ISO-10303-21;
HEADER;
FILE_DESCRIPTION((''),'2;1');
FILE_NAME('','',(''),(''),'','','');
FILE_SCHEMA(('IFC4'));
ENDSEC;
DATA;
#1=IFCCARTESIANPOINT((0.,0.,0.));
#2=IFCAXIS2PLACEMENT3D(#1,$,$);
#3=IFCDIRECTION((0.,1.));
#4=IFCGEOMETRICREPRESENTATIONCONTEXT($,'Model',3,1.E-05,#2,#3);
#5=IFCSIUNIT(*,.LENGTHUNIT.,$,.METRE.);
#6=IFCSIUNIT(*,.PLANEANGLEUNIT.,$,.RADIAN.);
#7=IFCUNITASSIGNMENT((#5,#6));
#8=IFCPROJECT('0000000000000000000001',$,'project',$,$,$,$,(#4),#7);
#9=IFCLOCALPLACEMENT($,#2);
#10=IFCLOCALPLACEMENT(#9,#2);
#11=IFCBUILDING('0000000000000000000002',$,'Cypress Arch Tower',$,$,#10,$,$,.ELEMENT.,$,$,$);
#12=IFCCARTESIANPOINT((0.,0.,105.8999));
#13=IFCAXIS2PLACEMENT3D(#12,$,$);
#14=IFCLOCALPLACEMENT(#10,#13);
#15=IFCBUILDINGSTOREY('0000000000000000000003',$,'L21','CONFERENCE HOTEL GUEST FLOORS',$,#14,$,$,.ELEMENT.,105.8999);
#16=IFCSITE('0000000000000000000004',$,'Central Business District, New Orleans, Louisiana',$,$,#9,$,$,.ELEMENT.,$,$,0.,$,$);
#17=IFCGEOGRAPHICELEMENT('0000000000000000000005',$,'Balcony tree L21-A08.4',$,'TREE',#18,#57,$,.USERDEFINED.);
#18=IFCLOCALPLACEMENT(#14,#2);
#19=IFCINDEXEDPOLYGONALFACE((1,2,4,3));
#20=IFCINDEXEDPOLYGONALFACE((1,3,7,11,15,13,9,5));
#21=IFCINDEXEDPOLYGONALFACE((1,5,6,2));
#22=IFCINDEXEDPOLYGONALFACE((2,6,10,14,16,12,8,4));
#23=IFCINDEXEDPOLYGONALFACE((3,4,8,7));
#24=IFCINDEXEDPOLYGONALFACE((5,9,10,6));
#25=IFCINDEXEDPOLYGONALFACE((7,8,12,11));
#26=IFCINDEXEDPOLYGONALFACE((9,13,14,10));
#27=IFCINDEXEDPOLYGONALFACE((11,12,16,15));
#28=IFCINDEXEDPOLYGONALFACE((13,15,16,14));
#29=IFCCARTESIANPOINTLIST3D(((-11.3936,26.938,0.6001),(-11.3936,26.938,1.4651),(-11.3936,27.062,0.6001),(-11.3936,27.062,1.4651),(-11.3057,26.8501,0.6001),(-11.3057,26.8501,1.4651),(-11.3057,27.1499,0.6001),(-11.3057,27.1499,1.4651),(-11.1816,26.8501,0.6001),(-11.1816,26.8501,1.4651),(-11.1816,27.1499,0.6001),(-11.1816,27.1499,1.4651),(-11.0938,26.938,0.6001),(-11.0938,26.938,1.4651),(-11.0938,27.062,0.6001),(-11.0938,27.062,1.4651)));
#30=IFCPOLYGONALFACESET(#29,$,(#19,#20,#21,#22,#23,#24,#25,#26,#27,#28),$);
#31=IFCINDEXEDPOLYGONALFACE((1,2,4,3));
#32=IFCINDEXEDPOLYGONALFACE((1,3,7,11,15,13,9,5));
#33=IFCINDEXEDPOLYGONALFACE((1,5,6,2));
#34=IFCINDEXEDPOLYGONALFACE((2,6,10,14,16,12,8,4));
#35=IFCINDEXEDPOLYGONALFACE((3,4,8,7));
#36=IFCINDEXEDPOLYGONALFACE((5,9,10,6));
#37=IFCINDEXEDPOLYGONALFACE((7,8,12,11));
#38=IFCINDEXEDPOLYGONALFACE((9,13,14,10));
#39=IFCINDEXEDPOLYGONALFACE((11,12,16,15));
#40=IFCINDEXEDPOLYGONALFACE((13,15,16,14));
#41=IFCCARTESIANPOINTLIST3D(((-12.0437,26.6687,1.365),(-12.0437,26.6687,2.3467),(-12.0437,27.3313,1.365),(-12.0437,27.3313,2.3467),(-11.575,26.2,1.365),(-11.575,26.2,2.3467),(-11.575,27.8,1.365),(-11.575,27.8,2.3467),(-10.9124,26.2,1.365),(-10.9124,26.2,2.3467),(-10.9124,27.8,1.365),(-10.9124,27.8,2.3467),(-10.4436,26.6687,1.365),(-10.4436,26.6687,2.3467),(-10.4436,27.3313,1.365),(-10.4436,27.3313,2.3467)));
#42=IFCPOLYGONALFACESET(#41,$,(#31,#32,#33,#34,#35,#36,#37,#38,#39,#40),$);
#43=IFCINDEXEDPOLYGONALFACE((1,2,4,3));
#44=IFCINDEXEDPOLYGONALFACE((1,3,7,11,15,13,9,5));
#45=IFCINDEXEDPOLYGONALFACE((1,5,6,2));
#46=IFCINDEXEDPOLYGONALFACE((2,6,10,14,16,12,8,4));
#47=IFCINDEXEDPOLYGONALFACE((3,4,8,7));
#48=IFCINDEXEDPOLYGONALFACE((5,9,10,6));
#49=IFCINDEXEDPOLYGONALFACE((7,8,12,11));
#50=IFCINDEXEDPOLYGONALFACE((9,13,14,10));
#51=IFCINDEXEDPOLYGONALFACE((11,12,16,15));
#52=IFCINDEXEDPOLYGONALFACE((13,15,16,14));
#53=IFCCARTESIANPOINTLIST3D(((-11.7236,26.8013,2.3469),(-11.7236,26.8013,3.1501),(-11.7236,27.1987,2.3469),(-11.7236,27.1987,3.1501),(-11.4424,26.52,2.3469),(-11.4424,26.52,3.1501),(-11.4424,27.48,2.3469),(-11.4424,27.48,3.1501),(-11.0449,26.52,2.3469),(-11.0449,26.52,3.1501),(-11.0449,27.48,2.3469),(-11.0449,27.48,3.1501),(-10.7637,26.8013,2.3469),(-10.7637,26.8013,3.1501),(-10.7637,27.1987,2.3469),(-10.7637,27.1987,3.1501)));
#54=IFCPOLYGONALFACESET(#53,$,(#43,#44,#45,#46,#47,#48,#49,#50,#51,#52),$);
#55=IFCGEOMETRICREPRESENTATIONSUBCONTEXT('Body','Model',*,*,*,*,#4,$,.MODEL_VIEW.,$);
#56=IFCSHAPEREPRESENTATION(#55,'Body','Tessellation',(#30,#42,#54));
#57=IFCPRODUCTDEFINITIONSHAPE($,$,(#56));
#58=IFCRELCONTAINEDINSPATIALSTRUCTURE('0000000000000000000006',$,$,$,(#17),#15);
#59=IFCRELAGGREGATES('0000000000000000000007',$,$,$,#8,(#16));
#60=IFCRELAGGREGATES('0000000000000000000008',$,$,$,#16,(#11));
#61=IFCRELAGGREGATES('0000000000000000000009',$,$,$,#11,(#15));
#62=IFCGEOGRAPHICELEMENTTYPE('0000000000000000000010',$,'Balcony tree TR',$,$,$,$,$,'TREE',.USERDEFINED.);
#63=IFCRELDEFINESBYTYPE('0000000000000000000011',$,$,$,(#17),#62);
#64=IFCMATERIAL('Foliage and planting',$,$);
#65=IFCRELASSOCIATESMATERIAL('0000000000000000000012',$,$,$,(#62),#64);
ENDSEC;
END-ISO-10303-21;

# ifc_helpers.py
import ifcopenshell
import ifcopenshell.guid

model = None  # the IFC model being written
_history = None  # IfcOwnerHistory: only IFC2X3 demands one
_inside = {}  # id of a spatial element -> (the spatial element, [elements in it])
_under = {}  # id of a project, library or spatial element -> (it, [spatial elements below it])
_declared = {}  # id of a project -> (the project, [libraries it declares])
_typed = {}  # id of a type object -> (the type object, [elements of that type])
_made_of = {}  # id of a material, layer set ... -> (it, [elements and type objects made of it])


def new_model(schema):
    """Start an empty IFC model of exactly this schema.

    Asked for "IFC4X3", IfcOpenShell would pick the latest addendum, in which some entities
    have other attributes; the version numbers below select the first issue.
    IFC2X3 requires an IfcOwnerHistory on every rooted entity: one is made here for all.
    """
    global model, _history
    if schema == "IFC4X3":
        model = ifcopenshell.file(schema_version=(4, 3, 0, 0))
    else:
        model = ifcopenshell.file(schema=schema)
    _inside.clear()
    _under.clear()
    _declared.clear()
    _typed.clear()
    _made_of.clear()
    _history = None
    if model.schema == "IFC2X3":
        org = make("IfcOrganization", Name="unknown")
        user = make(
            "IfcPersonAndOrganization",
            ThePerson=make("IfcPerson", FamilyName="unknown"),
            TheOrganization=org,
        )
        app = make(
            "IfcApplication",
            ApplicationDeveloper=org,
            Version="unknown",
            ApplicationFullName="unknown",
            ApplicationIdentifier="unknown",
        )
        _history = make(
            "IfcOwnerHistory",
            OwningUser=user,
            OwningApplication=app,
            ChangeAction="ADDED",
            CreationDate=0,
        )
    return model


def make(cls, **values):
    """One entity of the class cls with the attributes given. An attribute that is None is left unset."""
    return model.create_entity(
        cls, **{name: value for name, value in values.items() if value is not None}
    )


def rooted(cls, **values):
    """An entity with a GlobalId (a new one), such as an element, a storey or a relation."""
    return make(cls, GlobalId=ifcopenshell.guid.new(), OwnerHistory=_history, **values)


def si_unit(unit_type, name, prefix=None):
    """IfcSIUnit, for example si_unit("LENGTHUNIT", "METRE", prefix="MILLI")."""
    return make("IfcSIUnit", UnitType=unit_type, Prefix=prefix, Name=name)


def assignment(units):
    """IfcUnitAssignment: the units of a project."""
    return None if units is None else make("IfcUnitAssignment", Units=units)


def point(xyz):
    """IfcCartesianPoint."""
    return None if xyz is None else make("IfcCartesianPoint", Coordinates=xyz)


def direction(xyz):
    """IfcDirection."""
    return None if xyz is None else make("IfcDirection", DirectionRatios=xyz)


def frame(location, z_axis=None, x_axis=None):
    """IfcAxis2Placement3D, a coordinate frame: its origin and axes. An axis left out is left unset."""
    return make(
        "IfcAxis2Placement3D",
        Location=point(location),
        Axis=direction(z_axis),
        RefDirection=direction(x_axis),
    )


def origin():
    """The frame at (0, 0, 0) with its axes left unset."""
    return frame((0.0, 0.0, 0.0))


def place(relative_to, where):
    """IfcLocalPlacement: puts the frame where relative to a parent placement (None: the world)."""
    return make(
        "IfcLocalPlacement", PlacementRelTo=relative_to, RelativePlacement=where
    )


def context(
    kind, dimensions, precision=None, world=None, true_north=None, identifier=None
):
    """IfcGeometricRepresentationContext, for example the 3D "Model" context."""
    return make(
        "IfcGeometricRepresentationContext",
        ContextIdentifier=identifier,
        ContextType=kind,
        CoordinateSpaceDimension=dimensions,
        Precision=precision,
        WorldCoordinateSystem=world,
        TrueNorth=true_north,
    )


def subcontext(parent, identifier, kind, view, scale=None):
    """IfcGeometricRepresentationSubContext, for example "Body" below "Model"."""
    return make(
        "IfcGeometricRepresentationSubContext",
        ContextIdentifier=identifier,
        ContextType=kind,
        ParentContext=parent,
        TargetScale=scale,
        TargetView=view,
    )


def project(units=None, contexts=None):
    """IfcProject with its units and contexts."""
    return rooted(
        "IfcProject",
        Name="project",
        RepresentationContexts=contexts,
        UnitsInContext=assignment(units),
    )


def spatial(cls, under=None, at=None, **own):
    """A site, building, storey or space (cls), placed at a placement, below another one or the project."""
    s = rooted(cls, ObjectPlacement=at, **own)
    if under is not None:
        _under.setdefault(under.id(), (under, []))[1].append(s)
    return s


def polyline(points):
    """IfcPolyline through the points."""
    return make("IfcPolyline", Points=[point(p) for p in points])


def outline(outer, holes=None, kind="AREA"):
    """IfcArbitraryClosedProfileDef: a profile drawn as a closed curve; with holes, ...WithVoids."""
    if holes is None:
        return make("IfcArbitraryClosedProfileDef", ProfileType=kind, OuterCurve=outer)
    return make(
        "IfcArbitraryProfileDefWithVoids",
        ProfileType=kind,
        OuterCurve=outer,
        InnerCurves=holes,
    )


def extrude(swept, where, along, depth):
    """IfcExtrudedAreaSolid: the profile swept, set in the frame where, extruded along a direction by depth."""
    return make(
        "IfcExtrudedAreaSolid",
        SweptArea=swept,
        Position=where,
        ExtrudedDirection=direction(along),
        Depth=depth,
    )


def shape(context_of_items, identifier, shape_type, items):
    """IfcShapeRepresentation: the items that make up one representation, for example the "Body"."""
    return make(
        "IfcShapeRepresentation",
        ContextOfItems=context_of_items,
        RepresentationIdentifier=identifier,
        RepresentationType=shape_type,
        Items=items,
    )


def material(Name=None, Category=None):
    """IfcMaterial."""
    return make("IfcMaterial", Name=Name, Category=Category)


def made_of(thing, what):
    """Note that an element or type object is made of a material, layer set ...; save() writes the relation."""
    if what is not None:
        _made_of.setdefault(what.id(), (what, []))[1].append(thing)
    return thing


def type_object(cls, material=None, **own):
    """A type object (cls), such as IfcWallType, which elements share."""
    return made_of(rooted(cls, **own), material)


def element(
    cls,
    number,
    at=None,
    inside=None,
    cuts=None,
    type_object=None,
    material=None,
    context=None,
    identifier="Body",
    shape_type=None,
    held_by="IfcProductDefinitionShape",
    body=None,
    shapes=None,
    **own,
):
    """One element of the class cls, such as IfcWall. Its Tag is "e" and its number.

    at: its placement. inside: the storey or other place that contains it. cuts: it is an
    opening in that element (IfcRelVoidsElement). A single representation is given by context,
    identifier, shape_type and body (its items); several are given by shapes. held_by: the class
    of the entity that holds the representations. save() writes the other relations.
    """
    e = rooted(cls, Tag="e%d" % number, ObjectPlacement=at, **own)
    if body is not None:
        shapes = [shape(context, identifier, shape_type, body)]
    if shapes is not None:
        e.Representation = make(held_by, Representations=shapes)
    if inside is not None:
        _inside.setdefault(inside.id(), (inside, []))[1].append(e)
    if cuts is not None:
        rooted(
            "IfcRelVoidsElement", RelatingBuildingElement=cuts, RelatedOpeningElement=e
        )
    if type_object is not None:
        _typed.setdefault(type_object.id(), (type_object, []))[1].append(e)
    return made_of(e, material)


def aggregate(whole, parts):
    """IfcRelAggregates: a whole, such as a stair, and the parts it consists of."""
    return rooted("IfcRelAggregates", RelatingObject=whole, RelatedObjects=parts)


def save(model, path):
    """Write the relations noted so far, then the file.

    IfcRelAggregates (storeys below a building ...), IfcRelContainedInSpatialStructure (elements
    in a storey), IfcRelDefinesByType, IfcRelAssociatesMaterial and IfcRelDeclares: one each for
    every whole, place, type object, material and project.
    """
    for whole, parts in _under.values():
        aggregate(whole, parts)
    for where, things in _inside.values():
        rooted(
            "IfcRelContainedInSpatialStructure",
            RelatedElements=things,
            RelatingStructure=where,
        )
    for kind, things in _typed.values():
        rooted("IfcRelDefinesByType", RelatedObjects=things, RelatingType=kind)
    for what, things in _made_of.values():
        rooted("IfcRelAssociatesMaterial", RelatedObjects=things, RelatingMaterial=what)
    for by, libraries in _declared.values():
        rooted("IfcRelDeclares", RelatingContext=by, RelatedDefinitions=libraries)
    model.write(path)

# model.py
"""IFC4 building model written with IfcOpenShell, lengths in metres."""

from ifc_helpers import new_model, si_unit, direction, frame, origin, place, context, subcontext, project, spatial, polyline, outline, extrude, material, type_object, element, save


model = new_model("IFC4")

# Units and contexts
model_context = context("Model", 3, precision=1e-05, world=origin(), true_north=direction((0.0, 1.0)))
body_context = subcontext(model_context, "Body", "Model", "MODEL_VIEW")
ifc_project = project(units=[si_unit("LENGTHUNIT", "METRE"), si_unit("PLANEANGLEUNIT", "RADIAN")], contexts=[model_context])

# Site, building, storey
site_placement = place(None, origin())
site = spatial("IfcSite", under=ifc_project, at=site_placement, Name="Central Business District, New Orleans, Louisiana", CompositionType="ELEMENT", RefElevation=0.0)
building_placement = place(site_placement, origin())
building = spatial("IfcBuilding", under=site, at=building_placement, Name="Cypress Arch Tower", CompositionType="ELEMENT")
storey_placement = place(building_placement, frame((0.0, 0.0, 105.8999)))
storey = spatial("IfcBuildingStorey", under=building, at=storey_placement, Name="L21", Description="CONFERENCE HOTEL GUEST FLOORS", CompositionType="ELEMENT", Elevation=105.8999)

# Geographic element
ifc_material_1 = material(Name="Foliage and planting")
geographic_element_type = type_object("IfcGeographicElementType", Name="Balcony tree TR", ElementType="TREE", PredefinedType="USERDEFINED", material=ifc_material_1)
geographic_element_placement = place(storey_placement, frame((-11.2437, 27.0, 0.6001), z_axis=(0.0, 0.0, 1.0), x_axis=(1.0, 0.0, 0.0)))
element("IfcGeographicElement", 1, at=geographic_element_placement, inside=storey, type_object=geographic_element_type, Name="Balcony tree L21-A08.4", ObjectType="TREE", PredefinedType="USERDEFINED", context=body_context, shape_type="SweptSolid", body=[
    extrude(outline(polyline([(0.1499, 0.062), (0.062, 0.1499), (-0.062, 0.1499), (-0.1499, 0.062), (-0.1499, -0.062), (-0.062, -0.1499), (0.062, -0.1499), (0.1499, -0.062), (0.1499, 0.062)])), origin(), (0.0, 0.0, 1.0), 0.865),
    extrude(outline(polyline([(0.8, 0.3313), (0.3313, 0.8), (-0.3313, 0.8), (-0.8, 0.3313), (-0.8, -0.3313), (-0.3313, -0.8), (0.3313, -0.8), (0.8, -0.3313), (0.8, 0.3313)])), frame((0.0, 0.0, 0.7649)), (0.0, 0.0, 1.0), 0.9817),
    extrude(outline(polyline([(0.48, 0.1987), (0.1987, 0.48), (-0.1987, 0.48), (-0.48, 0.1987), (-0.48, -0.1987), (-0.1987, -0.48), (0.1987, -0.48), (0.48, -0.1987), (0.48, 0.1987)])), frame((0.0, 0.0, 1.7468)), (0.0, 0.0, 1.0), 0.8032),
])

save(model, "model.ifc")
